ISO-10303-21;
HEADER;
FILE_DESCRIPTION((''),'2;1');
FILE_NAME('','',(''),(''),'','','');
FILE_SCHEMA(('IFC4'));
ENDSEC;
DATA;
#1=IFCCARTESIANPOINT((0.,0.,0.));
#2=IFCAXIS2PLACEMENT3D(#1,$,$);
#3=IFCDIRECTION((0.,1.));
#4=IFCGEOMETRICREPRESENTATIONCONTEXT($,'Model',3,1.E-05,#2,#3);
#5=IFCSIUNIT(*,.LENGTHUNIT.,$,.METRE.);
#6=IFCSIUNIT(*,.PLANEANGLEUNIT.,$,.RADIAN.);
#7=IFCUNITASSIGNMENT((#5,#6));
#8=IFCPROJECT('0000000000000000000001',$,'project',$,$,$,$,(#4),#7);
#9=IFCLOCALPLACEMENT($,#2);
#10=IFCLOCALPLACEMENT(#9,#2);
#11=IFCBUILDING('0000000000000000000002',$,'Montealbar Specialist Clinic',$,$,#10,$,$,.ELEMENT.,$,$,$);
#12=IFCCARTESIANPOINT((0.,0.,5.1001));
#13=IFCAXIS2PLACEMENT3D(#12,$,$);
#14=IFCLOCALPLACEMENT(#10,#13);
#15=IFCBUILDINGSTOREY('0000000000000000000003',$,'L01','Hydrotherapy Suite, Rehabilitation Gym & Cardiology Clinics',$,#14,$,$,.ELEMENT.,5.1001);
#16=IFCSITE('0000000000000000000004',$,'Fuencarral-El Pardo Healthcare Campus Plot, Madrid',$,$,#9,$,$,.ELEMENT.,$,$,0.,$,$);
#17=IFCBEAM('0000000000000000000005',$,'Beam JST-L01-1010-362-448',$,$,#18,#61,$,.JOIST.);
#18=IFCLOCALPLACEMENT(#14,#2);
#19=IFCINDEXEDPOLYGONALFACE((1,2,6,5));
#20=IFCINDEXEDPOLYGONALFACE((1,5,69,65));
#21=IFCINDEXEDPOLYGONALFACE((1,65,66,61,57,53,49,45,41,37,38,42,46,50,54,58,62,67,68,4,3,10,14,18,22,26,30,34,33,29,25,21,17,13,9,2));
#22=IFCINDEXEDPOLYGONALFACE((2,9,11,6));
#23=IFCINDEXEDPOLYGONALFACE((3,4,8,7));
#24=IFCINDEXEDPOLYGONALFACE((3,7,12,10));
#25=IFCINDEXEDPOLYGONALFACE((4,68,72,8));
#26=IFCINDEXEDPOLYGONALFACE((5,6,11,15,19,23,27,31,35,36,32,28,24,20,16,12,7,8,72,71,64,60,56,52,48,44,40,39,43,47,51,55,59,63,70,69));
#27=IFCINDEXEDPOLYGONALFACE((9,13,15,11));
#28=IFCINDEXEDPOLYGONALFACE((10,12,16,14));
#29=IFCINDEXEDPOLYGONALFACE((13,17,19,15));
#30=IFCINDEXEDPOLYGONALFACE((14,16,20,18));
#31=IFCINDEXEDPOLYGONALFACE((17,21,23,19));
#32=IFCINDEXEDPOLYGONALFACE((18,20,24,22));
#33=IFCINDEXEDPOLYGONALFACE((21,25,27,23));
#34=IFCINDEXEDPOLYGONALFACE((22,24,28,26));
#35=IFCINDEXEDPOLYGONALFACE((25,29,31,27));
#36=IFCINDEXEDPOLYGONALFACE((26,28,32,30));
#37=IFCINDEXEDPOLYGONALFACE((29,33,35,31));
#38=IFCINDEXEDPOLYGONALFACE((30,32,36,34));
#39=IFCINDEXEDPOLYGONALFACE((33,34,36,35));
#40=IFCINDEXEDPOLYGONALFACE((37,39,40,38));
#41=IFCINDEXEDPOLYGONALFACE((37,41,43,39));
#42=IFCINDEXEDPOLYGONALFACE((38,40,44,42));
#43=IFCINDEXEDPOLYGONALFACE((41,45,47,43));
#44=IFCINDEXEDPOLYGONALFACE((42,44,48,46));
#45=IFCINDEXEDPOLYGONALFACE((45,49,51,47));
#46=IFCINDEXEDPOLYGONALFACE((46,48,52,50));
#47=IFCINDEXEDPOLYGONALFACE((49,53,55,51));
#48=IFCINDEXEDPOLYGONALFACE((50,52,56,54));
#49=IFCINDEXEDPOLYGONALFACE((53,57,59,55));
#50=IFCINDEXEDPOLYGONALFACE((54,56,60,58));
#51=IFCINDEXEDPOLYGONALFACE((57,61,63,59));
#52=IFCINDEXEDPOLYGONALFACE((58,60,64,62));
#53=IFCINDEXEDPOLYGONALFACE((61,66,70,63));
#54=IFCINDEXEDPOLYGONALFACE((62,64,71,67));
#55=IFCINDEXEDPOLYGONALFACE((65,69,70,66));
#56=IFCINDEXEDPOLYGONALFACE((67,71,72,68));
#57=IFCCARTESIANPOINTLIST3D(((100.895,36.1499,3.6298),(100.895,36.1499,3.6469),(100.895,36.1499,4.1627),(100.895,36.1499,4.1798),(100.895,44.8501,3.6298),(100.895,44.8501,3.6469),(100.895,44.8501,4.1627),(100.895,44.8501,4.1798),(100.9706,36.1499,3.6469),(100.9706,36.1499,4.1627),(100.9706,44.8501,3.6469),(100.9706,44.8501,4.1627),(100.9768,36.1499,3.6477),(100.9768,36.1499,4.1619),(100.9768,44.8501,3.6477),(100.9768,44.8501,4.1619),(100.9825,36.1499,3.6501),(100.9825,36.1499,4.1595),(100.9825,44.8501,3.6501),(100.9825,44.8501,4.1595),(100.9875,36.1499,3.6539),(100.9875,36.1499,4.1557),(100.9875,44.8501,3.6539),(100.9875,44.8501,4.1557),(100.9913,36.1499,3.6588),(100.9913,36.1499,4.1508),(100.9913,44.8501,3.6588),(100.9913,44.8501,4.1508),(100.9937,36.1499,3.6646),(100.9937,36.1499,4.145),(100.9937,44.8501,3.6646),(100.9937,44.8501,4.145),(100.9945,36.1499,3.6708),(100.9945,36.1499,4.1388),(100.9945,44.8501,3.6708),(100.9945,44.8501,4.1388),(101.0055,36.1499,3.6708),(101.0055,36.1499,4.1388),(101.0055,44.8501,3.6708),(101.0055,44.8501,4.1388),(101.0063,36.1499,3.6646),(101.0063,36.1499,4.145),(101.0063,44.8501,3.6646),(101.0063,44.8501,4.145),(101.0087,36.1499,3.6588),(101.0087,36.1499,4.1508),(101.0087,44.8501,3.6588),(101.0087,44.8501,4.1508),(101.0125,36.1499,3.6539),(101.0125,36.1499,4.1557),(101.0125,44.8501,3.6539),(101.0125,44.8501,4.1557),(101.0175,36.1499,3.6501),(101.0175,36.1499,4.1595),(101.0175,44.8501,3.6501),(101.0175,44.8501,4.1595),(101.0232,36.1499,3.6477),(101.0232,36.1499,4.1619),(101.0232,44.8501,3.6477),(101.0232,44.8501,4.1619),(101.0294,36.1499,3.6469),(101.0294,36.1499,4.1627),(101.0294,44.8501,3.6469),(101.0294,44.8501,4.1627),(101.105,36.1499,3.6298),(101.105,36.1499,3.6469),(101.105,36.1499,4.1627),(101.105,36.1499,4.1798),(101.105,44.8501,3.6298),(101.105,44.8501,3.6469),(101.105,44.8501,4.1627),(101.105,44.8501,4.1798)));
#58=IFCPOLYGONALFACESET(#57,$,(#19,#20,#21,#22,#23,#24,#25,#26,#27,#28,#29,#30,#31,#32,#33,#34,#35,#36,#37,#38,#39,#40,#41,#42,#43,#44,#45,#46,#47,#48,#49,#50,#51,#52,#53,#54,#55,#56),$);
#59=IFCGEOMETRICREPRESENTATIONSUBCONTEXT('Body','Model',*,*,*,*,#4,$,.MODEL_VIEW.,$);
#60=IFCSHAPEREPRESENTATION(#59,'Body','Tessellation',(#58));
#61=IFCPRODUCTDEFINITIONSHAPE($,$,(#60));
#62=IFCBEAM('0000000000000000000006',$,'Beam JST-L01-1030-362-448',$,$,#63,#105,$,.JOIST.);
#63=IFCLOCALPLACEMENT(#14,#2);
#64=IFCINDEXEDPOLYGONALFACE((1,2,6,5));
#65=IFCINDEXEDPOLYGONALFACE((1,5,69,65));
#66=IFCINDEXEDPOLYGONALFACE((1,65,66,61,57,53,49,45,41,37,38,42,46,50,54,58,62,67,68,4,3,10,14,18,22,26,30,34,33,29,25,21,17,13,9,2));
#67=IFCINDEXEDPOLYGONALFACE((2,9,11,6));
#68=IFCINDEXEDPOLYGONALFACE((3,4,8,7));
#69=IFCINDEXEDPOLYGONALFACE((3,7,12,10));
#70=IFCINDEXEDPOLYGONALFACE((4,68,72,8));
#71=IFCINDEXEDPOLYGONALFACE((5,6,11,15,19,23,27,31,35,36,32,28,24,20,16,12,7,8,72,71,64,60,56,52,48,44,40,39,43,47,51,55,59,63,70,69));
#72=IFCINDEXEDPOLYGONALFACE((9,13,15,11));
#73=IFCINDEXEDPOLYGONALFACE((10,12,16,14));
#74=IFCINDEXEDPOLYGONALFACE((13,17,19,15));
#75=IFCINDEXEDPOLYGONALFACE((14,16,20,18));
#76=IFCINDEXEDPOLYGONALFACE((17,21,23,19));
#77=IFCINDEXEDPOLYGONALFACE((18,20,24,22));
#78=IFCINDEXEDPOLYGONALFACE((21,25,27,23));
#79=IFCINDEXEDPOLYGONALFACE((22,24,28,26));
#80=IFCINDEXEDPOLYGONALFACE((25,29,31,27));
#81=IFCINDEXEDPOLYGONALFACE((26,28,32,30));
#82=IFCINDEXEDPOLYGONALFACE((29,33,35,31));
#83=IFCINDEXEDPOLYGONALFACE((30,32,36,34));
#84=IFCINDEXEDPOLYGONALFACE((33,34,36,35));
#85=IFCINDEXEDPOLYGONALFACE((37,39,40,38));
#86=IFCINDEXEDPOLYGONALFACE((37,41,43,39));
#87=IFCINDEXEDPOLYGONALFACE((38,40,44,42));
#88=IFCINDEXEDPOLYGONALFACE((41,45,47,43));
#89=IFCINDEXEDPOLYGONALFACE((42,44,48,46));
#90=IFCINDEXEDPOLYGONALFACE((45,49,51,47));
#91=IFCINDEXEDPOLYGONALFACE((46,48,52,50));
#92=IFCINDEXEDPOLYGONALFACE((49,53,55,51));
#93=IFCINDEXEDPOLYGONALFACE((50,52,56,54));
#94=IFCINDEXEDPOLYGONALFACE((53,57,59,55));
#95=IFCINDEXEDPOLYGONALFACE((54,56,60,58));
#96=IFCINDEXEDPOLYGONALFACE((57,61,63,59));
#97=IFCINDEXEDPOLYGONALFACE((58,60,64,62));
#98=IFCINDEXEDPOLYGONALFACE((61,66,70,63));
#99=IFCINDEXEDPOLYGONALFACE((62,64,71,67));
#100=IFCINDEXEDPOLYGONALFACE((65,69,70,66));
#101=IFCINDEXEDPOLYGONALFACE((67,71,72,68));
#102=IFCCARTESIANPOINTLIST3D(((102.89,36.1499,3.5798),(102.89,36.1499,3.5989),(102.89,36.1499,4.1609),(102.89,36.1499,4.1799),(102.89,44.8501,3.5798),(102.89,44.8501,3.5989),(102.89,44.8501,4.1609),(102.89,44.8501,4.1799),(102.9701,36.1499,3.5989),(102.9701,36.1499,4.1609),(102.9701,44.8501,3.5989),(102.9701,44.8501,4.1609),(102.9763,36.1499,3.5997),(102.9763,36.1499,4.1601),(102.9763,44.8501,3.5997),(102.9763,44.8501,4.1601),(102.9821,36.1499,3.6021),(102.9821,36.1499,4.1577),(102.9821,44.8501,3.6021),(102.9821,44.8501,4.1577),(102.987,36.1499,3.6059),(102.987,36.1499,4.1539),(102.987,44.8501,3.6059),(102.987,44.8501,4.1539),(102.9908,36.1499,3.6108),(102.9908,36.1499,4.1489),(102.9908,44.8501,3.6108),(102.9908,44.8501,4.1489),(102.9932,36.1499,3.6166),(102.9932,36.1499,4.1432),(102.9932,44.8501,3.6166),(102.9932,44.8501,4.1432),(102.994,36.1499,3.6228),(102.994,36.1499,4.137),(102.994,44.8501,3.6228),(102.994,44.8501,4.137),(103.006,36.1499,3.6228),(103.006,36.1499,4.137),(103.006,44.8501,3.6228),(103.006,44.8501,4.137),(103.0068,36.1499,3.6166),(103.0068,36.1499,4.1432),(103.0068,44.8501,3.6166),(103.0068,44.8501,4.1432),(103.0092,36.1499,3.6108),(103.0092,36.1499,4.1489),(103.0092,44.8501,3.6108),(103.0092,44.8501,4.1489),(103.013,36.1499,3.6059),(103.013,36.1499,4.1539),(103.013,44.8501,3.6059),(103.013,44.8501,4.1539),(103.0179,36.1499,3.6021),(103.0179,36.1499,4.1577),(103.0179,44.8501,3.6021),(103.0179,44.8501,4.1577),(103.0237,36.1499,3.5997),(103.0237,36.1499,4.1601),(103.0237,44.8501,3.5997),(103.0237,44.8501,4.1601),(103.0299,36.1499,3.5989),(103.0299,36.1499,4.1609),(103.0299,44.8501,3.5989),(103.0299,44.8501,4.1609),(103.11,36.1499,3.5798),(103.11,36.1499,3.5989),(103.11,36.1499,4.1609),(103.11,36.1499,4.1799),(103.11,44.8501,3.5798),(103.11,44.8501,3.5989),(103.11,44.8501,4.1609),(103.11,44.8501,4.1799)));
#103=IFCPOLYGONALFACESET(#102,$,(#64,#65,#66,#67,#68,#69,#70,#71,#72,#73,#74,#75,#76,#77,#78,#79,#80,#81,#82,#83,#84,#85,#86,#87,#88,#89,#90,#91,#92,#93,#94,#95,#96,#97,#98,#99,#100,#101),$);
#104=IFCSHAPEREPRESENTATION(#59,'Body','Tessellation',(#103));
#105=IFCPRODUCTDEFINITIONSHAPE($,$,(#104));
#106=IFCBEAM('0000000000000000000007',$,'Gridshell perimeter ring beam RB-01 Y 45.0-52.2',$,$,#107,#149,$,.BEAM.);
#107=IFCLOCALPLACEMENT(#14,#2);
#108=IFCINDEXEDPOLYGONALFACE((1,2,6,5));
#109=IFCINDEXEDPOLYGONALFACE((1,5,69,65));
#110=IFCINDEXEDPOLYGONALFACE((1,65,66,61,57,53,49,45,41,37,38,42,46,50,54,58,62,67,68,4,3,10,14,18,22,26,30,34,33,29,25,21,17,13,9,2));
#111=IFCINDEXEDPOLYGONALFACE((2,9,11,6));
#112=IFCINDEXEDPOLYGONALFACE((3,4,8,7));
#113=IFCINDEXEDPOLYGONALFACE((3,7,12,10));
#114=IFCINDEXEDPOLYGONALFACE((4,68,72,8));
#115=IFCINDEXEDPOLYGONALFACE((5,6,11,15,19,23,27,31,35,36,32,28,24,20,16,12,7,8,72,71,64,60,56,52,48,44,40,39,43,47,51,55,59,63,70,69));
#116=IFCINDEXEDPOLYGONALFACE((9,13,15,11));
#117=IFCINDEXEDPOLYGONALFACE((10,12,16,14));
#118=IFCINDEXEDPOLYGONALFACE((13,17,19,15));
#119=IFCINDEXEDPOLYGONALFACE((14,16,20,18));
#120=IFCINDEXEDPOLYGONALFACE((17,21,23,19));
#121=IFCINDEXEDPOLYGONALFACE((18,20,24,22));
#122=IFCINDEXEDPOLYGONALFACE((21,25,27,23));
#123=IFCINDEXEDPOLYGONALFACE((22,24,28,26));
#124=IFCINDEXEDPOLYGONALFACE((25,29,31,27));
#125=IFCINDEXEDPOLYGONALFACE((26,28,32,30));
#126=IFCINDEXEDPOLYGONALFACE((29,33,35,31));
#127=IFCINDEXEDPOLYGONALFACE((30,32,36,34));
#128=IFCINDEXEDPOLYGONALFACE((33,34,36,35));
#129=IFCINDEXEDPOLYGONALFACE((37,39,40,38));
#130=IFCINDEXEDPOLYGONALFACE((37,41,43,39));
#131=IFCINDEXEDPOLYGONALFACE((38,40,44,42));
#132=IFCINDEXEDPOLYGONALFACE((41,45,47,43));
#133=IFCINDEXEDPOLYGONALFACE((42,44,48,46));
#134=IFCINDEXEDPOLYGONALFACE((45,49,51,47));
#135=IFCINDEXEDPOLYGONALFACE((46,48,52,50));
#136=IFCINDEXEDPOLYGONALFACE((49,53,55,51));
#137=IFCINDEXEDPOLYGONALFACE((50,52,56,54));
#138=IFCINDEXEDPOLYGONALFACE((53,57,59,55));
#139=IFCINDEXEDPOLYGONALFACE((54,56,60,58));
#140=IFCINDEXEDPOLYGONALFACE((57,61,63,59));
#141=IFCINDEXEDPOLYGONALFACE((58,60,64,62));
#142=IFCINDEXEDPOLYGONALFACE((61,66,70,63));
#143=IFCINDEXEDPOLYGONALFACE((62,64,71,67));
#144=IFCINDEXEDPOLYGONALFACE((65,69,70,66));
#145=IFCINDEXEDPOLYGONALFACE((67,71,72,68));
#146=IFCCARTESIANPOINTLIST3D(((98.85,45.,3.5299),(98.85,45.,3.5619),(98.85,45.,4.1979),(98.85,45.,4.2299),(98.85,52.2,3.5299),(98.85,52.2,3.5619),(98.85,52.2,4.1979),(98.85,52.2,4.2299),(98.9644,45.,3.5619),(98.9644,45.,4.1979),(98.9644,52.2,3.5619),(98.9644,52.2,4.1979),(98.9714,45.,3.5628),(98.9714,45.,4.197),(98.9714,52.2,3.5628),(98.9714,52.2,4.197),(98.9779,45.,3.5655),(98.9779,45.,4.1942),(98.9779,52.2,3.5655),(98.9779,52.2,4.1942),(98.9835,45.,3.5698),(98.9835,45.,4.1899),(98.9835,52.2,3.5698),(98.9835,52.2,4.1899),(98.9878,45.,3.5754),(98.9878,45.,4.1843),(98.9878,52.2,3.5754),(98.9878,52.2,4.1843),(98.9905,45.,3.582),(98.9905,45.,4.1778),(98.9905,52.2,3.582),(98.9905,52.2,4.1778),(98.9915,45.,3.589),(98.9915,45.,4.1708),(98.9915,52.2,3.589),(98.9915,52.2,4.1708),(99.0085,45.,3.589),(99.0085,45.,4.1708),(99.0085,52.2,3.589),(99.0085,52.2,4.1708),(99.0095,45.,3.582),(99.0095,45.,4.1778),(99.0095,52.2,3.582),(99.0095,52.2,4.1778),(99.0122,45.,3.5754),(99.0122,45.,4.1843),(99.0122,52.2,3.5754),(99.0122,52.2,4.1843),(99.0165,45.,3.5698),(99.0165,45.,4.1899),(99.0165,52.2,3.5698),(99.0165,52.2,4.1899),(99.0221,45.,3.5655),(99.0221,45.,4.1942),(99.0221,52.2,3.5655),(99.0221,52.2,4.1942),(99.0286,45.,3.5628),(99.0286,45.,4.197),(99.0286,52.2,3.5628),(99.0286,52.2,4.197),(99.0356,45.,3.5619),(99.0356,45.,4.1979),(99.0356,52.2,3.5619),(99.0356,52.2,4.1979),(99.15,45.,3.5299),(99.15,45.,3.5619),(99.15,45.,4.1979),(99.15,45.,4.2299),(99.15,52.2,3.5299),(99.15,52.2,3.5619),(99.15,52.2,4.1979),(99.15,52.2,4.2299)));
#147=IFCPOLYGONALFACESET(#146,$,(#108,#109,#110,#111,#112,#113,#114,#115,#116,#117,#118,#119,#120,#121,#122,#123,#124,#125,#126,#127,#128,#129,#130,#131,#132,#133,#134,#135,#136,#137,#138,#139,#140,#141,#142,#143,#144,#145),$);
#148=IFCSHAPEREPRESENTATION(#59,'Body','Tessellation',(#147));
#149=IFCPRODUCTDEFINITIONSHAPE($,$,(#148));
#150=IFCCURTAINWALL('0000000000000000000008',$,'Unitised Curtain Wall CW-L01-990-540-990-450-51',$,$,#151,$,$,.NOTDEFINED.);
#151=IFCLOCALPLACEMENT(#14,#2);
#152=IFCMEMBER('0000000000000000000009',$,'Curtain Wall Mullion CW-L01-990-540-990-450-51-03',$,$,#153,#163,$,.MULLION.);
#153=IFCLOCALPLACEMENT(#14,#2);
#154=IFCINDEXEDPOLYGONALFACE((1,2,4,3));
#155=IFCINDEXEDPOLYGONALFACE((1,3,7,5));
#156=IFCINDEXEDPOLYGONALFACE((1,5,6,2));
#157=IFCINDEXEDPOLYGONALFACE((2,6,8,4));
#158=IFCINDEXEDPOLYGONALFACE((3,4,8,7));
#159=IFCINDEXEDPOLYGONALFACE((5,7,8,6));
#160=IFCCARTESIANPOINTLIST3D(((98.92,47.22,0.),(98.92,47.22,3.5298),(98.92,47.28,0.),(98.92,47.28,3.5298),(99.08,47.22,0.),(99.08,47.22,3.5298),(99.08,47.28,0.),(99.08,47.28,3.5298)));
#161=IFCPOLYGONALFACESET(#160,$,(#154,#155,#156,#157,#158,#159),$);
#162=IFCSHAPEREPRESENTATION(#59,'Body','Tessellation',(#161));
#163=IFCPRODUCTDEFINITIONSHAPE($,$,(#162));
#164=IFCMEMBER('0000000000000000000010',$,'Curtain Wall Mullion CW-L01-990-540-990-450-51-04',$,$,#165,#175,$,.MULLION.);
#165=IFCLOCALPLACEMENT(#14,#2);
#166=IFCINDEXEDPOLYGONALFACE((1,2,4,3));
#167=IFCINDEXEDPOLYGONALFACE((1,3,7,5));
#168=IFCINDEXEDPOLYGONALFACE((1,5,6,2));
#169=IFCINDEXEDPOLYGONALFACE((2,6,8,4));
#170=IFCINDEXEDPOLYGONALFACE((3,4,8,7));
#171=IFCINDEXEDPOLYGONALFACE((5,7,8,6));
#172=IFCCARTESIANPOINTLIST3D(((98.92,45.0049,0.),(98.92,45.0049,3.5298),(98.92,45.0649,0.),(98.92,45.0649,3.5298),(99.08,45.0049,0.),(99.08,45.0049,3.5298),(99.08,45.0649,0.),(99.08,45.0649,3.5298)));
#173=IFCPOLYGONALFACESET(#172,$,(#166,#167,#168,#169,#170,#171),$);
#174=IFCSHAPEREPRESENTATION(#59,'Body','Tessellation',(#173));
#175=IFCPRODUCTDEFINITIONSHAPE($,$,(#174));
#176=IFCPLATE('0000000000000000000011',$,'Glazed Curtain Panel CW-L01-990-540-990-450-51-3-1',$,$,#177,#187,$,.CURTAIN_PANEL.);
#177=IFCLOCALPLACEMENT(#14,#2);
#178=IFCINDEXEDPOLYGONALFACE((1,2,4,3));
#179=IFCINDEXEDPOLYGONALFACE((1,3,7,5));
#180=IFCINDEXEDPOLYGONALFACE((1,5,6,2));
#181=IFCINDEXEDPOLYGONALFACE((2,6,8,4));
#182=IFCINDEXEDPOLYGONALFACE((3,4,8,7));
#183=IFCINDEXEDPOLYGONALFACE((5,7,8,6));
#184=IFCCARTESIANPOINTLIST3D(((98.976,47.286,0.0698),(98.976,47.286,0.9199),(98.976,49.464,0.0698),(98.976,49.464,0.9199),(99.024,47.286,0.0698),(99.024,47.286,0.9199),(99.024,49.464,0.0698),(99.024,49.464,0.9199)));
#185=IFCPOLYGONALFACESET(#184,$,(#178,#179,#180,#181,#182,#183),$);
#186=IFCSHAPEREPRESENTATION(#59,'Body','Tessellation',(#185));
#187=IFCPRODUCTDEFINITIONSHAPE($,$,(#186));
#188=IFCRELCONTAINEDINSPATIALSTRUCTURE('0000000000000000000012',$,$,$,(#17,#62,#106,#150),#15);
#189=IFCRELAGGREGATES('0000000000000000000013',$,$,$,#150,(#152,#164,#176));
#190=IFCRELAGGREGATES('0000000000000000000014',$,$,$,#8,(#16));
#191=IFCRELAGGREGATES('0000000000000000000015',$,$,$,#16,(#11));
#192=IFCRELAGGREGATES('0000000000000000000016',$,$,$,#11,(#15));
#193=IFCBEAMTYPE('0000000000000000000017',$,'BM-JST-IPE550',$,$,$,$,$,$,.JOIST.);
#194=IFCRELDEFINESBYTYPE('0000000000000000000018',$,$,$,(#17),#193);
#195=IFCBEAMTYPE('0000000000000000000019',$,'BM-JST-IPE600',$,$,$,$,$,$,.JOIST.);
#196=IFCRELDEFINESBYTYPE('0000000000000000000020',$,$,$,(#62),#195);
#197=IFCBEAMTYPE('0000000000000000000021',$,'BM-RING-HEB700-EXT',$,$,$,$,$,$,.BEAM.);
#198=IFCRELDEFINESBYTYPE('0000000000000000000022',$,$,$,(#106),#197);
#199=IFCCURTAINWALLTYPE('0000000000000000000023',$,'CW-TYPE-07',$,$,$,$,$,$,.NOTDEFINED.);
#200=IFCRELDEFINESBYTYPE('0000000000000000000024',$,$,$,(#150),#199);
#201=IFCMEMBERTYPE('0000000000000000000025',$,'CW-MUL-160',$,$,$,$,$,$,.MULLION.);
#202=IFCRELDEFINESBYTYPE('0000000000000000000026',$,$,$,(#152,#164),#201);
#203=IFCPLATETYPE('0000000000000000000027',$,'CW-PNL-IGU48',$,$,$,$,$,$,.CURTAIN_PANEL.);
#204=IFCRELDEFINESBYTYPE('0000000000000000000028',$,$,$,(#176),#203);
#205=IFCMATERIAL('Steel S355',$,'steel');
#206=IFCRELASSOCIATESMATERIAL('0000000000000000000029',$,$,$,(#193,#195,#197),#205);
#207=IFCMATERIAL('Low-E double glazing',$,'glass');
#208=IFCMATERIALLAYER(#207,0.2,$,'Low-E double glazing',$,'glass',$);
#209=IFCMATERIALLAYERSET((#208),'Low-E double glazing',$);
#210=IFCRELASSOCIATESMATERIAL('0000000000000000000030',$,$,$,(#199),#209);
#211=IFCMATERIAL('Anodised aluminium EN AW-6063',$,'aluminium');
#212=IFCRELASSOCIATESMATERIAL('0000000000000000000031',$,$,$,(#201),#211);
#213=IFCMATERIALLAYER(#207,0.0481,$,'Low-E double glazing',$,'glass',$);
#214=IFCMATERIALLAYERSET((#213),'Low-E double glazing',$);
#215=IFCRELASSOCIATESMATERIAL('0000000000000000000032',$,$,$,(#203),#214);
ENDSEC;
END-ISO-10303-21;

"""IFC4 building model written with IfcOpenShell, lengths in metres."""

from ifc_helpers import new_model, si_unit, direction, frame, origin, origin_2d, place, context, subcontext, project, spatial, rectangle, i_section, extrude, material, layer, layer_set, material_profile, profile_set, type_object, element, aggregate, save


model = new_model("IFC4")

# Units and contexts
model_context = context("Model", 3, precision=1e-05, world=origin(), true_north=direction((0.0, 1.0)))
body_context = subcontext(model_context, "Body", "Model", "MODEL_VIEW")
ifc_project = project(units=[si_unit("LENGTHUNIT", "METRE"), si_unit("PLANEANGLEUNIT", "RADIAN")], contexts=[model_context])

# Site, building, storey
site_placement = place(None, origin())
site = spatial("IfcSite", under=ifc_project, at=site_placement, Name="Fuencarral-El Pardo Healthcare Campus Plot, Madrid", CompositionType="ELEMENT", RefElevation=0.0)
building_placement = place(site_placement, origin())
building = spatial("IfcBuilding", under=site, at=building_placement, Name="Montealbar Specialist Clinic", CompositionType="ELEMENT")
storey_placement = place(building_placement, frame((0.0, 0.0, 5.1001)))
storey = spatial("IfcBuildingStorey", under=building, at=storey_placement, Name="L01", Description="Hydrotherapy Suite, Rehabilitation Gym & Cardiology Clinics", CompositionType="ELEMENT", Elevation=5.1001)

# Shared definitions
ifc_material_1 = material(Name="Steel S355", Category="steel")

# Beams
ifc_material_profile_1 = material_profile(ifc_material_1, i_section(OverallWidth=0.21, OverallDepth=0.55, WebThickness=0.011, FlangeThickness=0.0171, FilletRadius=0.0239, at=origin_2d()), Name="IPE 550", Category="steel")
ifc_profile_set_1 = profile_set([ifc_material_profile_1], Name="Steel S355")
beam_type_1 = type_object("IfcBeamType", Name="BM-JST-IPE550", PredefinedType="JOIST", material=ifc_profile_set_1)
beam_1_placement = place(storey_placement, frame((101.0, 36.1499, 3.9048), z_axis=(0.0, 1.0, 0.0), x_axis=(-1.0, 0.0, 0.0)))
element("IfcBeam", 1, at=beam_1_placement, inside=storey, type_object=beam_type_1, Name="Beam JST-L01-1010-362-448", PredefinedType="JOIST", context=body_context, shape_type="SweptSolid", body=[
    extrude(i_section(OverallWidth=0.21, OverallDepth=0.55, WebThickness=0.011, FlangeThickness=0.0171, FilletRadius=0.0239, at=origin_2d()), origin(), (0.0, 0.0, 1.0), 8.7002),
])
ifc_material_profile_2 = material_profile(ifc_material_1, i_section(OverallWidth=0.22, OverallDepth=0.6001, WebThickness=0.012, FlangeThickness=0.019, FilletRadius=0.0239, at=origin_2d()), Name="IPE 600", Category="steel")
ifc_profile_set_2 = profile_set([ifc_material_profile_2], Name="Steel S355")
beam_type_2 = type_object("IfcBeamType", Name="BM-JST-IPE600", PredefinedType="JOIST", material=ifc_profile_set_2)
beam_2_placement = place(storey_placement, frame((103.0, 36.1499, 3.8799), z_axis=(0.0, 1.0, 0.0), x_axis=(-1.0, 0.0, 0.0)))
element("IfcBeam", 2, at=beam_2_placement, inside=storey, type_object=beam_type_2, Name="Beam JST-L01-1030-362-448", PredefinedType="JOIST", context=body_context, shape_type="SweptSolid", body=[
    extrude(i_section(OverallWidth=0.22, OverallDepth=0.6001, WebThickness=0.012, FlangeThickness=0.019, FilletRadius=0.0239, at=origin_2d()), origin(), (0.0, 0.0, 1.0), 8.7002),
])
ifc_material_profile_3 = material_profile(ifc_material_1, i_section(OverallWidth=0.3, OverallDepth=0.7, WebThickness=0.0171, FlangeThickness=0.032, FilletRadius=0.0271, at=origin_2d()), Name="HEB 700", Category="steel")
ifc_profile_set_3 = profile_set([ifc_material_profile_3], Name="Steel S355")
beam_type_3 = type_object("IfcBeamType", Name="BM-RING-HEB700-EXT", PredefinedType="BEAM", material=ifc_profile_set_3)
beam_3_placement = place(storey_placement, frame((99.0, 45.0, 3.8799), z_axis=(0.0, 1.0, 0.0), x_axis=(-1.0, 0.0, 0.0)))
element("IfcBeam", 3, at=beam_3_placement, inside=storey, type_object=beam_type_3, Name="Gridshell perimeter ring beam RB-01 Y 45.0-52.2", PredefinedType="BEAM", context=body_context, shape_type="SweptSolid", body=[
    extrude(i_section(OverallWidth=0.3, OverallDepth=0.7, WebThickness=0.0171, FlangeThickness=0.032, FilletRadius=0.0271, at=origin_2d()), origin(), (0.0, 0.0, 1.0), 7.2),
])

# Curtain wall, members, plate
ifc_material_2 = material(Name="Low-E double glazing", Category="glass")
ifc_layer_1 = layer(ifc_material_2, 0.2, Name="Low-E double glazing", Category="glass")
ifc_layer_set_1 = layer_set([ifc_layer_1], Name="Low-E double glazing")
curtain_wall_type = type_object("IfcCurtainWallType", Name="CW-TYPE-07", PredefinedType="NOTDEFINED", material=ifc_layer_set_1)
curtain_wall_placement = place(storey_placement, origin())
curtain_wall = element("IfcCurtainWall", 4, at=curtain_wall_placement, inside=storey, type_object=curtain_wall_type, Name="Unitised Curtain Wall CW-L01-990-540-990-450-51", PredefinedType="NOTDEFINED")
ifc_material_3 = material(Name="Anodised aluminium EN AW-6063", Category="aluminium")
ifc_material_profile_4 = material_profile(ifc_material_3, rectangle(XDim=0.0601, YDim=0.1599, at=origin_2d()), Name="ALU 60x160", Category="aluminium")
ifc_profile_set_4 = profile_set([ifc_material_profile_4], Name="Anodised aluminium EN AW-6063")
member_type = type_object("IfcMemberType", Name="CW-MUL-160", PredefinedType="MULLION", material=ifc_profile_set_4)
member_1_placement = place(storey_placement, frame((99.0, 47.25, 0.0), z_axis=(0.0, 0.0, 1.0), x_axis=(0.0, -1.0, 0.0)))
member_1 = element("IfcMember", 5, at=member_1_placement, type_object=member_type, Name="Curtain Wall Mullion CW-L01-990-540-990-450-51-03", PredefinedType="MULLION", context=body_context, shape_type="SweptSolid", body=[
    extrude(rectangle(XDim=0.0601, YDim=0.1599, at=origin_2d()), origin(), (0.0, 0.0, 1.0), 3.5298),
])
member_2_placement = place(storey_placement, frame((99.0, 45.0349, 0.0), z_axis=(0.0, 0.0, 1.0), x_axis=(0.0, -1.0, 0.0)))
member_2 = element("IfcMember", 6, at=member_2_placement, type_object=member_type, Name="Curtain Wall Mullion CW-L01-990-540-990-450-51-04", PredefinedType="MULLION", context=body_context, shape_type="SweptSolid", body=[
    extrude(rectangle(XDim=0.0601, YDim=0.1599, at=origin_2d()), origin(), (0.0, 0.0, 1.0), 3.5298),
])
ifc_layer_2 = layer(ifc_material_2, 0.0481, Name="Low-E double glazing", Category="glass")
ifc_layer_set_2 = layer_set([ifc_layer_2], Name="Low-E double glazing")
plate_type_1 = type_object("IfcPlateType", Name="CW-PNL-IGU48", PredefinedType="CURTAIN_PANEL", material=ifc_layer_set_2)
plate_1_placement = place(storey_placement, frame((99.0, 48.375, 0.0698), z_axis=(0.0, 0.0, 1.0), x_axis=(0.0, -1.0, 0.0)))
plate_1 = element("IfcPlate", 7, at=plate_1_placement, type_object=plate_type_1, Name="Glazed Curtain Panel CW-L01-990-540-990-450-51-3-1", PredefinedType="CURTAIN_PANEL", context=body_context, shape_type="SweptSolid", body=[
    extrude(rectangle(XDim=2.178, YDim=0.0481, at=origin_2d()), origin(), (0.0, 0.0, 1.0), 0.8501),
])
aggregate(curtain_wall, [member_1, member_2, plate_1])

save(model, "model.ifc")
